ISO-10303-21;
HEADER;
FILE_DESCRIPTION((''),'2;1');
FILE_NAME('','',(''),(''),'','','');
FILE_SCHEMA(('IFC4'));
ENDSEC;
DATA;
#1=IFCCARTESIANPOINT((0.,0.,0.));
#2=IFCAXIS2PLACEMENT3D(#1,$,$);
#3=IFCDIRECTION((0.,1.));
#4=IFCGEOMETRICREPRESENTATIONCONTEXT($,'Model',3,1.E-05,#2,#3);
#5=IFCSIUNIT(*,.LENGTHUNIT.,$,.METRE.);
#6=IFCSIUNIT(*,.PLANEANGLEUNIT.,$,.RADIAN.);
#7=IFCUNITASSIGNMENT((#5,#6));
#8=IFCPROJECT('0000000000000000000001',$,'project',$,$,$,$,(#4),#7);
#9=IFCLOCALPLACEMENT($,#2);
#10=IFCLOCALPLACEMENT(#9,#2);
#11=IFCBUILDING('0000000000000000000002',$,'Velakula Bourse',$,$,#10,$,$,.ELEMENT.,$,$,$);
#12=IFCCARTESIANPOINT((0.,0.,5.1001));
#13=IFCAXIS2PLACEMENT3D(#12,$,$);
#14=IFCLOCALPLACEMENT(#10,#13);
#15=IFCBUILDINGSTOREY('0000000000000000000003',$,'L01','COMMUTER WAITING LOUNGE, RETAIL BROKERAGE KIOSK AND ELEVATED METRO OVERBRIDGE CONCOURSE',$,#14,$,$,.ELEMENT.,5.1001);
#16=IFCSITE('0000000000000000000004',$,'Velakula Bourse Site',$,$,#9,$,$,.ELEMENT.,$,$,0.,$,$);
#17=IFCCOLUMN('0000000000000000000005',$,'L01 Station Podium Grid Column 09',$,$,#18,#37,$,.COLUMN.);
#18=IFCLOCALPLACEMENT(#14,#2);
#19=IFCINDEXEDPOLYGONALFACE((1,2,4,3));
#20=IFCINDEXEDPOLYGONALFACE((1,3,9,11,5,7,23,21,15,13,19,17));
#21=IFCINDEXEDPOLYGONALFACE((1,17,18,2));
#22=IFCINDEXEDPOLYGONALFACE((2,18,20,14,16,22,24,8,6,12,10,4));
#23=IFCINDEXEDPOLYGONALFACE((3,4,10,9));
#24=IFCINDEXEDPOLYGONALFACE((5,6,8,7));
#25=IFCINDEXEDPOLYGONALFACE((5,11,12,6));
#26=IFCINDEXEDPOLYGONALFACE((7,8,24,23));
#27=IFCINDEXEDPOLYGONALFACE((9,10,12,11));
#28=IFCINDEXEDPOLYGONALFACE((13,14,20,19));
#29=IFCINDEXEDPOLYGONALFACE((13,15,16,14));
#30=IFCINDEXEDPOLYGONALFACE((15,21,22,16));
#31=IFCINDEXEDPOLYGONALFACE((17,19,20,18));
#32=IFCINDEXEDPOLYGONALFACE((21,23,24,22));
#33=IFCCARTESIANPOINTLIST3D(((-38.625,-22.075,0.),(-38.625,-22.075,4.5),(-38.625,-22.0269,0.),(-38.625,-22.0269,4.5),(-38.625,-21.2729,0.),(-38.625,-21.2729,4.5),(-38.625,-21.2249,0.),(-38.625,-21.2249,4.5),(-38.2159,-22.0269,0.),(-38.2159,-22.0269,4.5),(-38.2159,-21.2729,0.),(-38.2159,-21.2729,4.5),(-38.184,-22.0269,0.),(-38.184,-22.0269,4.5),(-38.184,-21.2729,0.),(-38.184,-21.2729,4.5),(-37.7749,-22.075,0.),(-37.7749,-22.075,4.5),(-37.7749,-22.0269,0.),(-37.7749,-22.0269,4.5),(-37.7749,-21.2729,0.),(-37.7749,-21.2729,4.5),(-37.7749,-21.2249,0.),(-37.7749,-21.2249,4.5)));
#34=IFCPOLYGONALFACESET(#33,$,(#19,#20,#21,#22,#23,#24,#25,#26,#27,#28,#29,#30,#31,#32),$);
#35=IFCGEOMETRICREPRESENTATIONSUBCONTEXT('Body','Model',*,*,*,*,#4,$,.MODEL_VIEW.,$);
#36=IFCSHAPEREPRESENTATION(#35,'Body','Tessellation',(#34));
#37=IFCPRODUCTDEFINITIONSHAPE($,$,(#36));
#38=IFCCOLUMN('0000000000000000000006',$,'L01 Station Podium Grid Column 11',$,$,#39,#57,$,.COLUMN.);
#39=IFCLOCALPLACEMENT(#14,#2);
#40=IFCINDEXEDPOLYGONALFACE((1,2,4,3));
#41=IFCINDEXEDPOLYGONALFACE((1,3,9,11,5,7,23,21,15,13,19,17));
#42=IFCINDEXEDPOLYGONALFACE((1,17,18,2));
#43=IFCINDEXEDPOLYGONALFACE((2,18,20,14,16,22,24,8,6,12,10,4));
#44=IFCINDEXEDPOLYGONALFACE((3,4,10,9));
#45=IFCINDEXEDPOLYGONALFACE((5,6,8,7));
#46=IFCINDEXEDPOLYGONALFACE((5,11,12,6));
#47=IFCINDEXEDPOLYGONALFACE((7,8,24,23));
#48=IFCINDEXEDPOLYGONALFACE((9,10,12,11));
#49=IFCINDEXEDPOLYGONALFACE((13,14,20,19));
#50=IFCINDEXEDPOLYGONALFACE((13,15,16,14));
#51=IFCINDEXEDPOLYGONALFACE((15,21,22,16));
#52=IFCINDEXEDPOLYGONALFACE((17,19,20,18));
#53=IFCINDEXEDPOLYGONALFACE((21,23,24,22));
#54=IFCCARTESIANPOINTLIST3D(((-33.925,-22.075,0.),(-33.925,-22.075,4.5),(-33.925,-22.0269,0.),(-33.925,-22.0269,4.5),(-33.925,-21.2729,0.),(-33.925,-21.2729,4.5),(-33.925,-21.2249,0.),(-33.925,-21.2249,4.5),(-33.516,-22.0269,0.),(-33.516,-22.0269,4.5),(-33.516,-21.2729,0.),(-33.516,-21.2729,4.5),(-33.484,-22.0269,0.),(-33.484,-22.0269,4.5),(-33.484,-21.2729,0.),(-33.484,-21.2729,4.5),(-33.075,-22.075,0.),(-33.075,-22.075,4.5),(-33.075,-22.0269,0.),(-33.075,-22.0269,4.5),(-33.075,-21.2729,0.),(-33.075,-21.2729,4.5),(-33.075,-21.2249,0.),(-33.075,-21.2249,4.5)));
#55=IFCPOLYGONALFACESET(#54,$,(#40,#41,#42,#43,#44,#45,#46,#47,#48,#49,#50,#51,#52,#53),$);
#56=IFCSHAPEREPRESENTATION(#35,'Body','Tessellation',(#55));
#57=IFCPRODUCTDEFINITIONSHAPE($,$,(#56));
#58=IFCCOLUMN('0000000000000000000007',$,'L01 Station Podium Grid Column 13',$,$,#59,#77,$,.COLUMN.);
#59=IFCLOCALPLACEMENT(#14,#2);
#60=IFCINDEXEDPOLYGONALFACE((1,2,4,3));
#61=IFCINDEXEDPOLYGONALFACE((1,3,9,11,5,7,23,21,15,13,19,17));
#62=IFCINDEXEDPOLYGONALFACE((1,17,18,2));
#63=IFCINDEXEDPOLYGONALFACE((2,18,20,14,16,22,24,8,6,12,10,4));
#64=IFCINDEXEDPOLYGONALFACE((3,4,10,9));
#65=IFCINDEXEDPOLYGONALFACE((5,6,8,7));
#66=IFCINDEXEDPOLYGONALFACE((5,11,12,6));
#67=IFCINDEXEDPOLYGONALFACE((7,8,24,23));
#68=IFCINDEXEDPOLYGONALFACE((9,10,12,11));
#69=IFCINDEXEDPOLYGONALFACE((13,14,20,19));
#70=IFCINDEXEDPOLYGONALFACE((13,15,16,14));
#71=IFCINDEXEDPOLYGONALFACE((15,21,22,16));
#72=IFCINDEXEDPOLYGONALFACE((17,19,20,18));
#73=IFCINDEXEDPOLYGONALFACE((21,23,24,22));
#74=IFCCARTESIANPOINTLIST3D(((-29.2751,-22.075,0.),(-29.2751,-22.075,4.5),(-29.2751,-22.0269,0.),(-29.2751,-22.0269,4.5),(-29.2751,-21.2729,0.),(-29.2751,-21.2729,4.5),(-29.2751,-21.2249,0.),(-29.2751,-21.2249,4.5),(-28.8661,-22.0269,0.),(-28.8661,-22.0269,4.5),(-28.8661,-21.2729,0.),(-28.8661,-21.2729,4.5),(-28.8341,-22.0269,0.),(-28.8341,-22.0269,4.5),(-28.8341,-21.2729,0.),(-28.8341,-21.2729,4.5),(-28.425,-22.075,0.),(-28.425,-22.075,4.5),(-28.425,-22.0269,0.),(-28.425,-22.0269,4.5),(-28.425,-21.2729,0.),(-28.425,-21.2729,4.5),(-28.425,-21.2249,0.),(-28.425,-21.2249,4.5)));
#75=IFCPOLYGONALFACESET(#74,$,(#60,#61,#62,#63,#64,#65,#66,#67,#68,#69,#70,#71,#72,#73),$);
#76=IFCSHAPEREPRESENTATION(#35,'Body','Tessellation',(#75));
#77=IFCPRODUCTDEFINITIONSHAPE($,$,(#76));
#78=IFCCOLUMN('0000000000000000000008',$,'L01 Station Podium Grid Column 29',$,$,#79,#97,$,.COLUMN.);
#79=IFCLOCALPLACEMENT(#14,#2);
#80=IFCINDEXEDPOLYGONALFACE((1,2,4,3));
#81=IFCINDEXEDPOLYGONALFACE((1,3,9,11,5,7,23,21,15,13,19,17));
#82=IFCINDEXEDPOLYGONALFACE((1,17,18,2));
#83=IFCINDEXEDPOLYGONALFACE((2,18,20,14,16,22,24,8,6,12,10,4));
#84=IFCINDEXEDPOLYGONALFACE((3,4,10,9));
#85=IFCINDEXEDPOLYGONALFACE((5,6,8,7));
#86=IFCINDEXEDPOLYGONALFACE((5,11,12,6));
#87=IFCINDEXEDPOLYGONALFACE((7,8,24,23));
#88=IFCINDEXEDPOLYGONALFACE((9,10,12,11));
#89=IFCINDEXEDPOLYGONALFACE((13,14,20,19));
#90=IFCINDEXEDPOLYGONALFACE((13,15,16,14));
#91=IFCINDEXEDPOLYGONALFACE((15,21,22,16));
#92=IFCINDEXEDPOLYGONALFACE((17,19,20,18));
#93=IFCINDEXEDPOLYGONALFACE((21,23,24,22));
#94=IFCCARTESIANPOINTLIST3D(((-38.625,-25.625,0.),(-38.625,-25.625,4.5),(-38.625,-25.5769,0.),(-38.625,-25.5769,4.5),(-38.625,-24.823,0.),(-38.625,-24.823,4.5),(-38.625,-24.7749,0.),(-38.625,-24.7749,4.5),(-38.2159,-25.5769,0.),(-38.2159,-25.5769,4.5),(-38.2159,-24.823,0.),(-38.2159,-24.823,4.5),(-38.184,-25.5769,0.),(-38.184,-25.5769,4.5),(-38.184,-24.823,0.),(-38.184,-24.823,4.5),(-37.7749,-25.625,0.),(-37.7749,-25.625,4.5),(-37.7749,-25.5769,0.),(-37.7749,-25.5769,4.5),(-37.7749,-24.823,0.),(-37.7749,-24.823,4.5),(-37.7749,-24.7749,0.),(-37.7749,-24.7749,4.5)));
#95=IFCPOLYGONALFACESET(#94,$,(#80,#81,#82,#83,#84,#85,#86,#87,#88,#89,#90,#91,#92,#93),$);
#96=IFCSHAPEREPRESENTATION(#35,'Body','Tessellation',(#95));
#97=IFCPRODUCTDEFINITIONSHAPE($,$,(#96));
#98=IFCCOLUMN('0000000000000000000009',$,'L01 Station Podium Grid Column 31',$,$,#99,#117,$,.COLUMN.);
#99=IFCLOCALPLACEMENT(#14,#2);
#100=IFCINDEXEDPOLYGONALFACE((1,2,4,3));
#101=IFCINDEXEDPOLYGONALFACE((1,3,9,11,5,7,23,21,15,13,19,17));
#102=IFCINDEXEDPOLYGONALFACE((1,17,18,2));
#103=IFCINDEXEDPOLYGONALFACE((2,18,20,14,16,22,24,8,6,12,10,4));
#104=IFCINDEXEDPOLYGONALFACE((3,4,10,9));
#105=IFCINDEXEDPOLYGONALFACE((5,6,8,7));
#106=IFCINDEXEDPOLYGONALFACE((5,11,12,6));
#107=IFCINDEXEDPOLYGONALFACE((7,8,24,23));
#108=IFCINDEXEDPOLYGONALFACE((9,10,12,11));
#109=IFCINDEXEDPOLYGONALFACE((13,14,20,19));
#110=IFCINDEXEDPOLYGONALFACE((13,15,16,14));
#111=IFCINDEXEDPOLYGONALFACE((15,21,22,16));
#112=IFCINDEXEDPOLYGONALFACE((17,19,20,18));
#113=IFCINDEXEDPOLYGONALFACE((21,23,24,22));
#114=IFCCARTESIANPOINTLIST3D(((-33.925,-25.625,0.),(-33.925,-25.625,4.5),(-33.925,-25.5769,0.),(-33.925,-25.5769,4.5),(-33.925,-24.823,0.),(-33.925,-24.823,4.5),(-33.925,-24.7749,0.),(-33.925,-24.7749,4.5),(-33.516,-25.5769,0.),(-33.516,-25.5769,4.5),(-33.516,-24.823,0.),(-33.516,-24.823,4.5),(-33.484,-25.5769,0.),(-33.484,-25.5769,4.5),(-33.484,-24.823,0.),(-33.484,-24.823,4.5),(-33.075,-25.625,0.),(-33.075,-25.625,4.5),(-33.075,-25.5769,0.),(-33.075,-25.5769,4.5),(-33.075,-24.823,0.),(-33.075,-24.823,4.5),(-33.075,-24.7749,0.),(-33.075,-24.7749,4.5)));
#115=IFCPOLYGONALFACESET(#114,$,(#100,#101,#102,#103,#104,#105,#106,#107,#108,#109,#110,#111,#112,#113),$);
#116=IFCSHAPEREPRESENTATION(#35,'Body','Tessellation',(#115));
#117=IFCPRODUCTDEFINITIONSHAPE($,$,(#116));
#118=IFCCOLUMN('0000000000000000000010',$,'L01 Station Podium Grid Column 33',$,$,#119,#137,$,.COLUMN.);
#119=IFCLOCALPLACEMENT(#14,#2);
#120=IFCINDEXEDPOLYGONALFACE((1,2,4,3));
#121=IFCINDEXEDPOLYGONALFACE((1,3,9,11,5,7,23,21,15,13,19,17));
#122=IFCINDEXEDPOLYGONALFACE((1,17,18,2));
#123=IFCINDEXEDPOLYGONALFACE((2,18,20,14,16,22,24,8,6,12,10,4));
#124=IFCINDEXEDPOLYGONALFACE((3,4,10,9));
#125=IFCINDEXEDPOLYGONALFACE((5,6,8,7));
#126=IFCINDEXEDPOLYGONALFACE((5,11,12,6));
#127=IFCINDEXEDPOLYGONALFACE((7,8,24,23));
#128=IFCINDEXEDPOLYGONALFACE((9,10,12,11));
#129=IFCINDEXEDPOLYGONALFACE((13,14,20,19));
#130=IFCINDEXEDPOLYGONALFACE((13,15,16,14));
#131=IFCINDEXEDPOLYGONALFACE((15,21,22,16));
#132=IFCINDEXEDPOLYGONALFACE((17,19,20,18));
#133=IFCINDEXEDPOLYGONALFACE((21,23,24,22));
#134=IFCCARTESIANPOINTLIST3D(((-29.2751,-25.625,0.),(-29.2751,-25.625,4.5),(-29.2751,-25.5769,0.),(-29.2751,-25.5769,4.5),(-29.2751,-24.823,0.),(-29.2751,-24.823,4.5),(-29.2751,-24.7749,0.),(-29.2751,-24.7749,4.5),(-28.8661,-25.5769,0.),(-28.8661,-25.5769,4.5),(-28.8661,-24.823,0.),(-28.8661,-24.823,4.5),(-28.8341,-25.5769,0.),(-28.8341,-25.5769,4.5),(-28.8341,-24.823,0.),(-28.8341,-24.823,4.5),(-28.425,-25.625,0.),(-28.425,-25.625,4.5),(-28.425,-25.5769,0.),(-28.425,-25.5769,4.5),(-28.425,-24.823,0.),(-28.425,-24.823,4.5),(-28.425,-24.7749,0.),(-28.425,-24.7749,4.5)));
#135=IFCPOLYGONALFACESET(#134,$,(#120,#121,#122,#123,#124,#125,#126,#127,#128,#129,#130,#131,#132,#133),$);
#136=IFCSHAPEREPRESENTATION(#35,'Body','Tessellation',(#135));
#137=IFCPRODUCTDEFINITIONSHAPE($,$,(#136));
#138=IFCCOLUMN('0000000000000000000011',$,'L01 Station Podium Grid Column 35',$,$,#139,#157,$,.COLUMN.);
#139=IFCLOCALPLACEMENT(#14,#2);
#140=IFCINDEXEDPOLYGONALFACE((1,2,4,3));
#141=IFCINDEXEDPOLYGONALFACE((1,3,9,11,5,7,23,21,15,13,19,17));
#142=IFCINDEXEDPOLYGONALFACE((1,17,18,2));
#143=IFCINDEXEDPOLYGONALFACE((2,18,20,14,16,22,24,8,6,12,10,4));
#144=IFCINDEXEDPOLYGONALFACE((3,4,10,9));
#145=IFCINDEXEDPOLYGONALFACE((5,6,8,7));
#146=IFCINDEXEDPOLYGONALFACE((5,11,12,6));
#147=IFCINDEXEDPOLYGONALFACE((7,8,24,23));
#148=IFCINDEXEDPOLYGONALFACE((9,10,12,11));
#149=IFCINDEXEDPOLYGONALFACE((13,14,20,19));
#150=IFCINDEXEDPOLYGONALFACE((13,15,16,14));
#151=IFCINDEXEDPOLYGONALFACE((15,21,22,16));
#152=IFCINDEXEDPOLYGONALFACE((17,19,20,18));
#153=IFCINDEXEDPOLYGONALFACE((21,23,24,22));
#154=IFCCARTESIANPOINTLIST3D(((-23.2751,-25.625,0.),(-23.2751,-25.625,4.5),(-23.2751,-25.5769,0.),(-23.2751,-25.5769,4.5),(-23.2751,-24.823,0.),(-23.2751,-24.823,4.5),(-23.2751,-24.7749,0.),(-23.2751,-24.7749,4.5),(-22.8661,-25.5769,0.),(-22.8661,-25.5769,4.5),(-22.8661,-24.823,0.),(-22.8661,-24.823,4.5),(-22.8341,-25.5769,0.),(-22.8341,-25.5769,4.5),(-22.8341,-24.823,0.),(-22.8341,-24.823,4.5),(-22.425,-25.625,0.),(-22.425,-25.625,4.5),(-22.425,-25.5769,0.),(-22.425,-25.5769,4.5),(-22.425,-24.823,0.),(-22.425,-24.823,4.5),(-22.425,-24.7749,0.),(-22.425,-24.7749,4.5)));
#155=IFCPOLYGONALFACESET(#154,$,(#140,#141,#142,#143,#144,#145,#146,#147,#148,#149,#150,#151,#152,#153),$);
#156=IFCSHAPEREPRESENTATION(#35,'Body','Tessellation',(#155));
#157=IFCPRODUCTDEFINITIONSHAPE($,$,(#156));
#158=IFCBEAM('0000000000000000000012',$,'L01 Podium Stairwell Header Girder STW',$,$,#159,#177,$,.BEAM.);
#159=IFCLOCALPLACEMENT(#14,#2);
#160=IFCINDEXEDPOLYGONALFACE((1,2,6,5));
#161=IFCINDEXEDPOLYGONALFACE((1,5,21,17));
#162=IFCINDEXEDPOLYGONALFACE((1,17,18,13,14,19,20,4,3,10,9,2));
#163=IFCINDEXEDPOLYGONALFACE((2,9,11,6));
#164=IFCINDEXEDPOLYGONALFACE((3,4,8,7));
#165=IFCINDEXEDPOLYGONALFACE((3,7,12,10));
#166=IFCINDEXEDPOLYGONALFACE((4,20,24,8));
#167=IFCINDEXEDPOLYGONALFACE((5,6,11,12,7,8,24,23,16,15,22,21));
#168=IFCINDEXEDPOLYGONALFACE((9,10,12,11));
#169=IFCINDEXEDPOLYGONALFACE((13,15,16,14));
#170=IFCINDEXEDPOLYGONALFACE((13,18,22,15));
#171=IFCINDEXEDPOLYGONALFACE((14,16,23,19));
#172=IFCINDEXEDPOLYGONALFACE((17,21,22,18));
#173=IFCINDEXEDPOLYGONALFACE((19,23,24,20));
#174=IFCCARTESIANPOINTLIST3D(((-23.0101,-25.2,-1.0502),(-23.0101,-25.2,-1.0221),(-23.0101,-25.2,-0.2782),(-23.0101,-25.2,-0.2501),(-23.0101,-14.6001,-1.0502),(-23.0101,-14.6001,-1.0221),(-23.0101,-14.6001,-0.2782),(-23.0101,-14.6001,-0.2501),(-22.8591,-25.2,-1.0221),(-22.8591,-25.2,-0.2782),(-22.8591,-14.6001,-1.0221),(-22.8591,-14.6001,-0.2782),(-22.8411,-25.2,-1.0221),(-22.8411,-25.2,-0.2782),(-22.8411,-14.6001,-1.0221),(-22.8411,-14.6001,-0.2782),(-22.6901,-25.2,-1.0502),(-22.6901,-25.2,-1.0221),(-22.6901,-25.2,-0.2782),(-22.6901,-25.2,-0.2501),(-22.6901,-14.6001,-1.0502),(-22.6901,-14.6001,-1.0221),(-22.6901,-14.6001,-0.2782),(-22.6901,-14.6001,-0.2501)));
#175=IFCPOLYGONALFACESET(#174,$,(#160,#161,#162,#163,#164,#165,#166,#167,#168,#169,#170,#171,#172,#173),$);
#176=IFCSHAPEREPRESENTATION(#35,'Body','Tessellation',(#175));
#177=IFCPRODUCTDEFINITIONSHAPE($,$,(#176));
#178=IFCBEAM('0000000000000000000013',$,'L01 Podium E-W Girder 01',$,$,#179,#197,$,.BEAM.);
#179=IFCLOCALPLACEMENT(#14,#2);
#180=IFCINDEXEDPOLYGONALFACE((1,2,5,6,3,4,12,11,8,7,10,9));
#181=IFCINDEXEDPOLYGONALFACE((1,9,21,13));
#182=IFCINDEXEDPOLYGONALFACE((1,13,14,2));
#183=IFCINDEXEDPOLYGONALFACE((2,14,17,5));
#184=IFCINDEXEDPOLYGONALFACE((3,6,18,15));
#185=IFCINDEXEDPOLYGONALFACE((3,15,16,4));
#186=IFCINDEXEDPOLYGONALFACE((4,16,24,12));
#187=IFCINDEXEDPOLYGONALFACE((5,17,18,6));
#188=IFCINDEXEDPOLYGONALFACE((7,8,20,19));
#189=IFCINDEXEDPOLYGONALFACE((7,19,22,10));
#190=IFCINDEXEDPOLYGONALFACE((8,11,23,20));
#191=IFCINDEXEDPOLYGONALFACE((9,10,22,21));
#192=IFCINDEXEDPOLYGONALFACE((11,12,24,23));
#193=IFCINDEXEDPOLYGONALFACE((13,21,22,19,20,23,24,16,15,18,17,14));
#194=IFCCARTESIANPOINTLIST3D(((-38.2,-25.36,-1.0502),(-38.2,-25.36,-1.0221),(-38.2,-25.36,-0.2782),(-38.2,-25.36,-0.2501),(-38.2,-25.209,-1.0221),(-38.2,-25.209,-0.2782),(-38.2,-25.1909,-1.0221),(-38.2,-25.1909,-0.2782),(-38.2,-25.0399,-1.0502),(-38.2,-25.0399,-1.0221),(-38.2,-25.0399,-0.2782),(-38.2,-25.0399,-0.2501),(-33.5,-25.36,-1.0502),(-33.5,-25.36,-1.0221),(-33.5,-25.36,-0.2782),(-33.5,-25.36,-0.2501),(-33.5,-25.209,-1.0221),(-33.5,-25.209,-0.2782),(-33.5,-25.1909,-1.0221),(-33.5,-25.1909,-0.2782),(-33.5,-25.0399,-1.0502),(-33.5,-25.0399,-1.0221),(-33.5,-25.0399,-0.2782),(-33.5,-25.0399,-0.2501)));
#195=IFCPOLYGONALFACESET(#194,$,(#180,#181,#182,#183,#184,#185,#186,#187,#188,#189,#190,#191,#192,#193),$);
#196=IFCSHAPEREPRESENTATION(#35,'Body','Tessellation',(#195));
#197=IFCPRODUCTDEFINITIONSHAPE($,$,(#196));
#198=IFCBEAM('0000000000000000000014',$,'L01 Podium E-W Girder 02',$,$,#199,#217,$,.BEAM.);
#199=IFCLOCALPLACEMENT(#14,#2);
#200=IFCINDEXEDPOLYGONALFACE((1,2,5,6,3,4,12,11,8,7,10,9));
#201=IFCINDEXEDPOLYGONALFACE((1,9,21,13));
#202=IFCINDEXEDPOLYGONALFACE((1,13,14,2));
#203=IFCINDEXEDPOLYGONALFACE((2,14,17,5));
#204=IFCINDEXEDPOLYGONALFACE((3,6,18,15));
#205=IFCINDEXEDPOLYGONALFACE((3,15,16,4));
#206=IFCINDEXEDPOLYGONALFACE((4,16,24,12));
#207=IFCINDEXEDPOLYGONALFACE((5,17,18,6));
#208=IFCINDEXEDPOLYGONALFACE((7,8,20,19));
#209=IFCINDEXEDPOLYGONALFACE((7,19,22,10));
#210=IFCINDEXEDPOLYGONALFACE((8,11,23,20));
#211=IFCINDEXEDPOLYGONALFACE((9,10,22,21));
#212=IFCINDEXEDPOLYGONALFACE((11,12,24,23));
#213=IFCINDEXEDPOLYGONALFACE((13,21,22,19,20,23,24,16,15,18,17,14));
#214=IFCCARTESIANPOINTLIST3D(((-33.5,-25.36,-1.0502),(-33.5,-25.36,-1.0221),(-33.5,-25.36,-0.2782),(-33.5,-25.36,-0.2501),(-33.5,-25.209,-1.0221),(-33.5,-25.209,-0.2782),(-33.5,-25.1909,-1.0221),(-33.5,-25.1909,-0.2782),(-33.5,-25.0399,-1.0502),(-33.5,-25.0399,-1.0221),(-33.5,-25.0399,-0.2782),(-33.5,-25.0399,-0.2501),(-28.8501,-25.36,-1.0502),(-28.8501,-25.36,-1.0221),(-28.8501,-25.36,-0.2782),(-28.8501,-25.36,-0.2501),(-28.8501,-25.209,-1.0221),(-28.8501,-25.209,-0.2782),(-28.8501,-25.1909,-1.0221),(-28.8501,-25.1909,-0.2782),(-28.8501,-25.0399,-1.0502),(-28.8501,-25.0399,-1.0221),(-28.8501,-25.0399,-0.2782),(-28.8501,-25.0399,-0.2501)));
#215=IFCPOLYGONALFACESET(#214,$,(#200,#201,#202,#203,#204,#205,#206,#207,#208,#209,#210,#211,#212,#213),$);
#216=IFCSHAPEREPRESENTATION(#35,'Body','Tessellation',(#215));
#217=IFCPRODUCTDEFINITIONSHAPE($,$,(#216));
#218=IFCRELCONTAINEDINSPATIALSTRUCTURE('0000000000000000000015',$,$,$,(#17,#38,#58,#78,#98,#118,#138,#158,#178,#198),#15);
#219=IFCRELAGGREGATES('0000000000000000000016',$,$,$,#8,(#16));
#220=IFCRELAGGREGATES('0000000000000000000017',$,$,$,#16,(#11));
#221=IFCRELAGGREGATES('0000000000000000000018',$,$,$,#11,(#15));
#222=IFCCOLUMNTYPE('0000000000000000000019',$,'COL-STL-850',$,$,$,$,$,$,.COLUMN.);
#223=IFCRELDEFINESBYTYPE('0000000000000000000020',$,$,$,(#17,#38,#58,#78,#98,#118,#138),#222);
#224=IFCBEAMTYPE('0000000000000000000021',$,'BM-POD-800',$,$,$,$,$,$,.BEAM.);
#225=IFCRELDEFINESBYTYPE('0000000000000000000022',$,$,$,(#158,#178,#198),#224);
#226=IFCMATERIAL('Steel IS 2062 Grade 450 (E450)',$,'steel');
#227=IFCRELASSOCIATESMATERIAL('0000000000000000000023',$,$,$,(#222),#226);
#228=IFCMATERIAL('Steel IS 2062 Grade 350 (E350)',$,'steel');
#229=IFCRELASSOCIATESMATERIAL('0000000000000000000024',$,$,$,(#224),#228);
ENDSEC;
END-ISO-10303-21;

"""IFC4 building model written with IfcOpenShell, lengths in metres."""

from ifc_helpers import new_model, si_unit, direction, frame, origin, origin_2d, place, context, subcontext, project, spatial, i_section, extrude, material, material_profile, profile_set, type_object, element, save


model = new_model("IFC4")

# Units and contexts
model_context = context("Model", 3, precision=1e-05, world=origin(), true_north=direction((0.0, 1.0)))
body_context = subcontext(model_context, "Body", "Model", "MODEL_VIEW")
ifc_project = project(units=[si_unit("LENGTHUNIT", "METRE"), si_unit("PLANEANGLEUNIT", "RADIAN")], contexts=[model_context])

# Site, building, storey
site_placement = place(None, origin())
site = spatial("IfcSite", under=ifc_project, at=site_placement, Name="Velakula Bourse Site", CompositionType="ELEMENT", RefElevation=0.0)
building_placement = place(site_placement, origin())
building = spatial("IfcBuilding", under=site, at=building_placement, Name="Velakula Bourse", CompositionType="ELEMENT")
storey_placement = place(building_placement, frame((0.0, 0.0, 5.1001)))
storey = spatial("IfcBuildingStorey", under=building, at=storey_placement, Name="L01", Description="COMMUTER WAITING LOUNGE, RETAIL BROKERAGE KIOSK AND ELEVATED METRO OVERBRIDGE CONCOURSE", CompositionType="ELEMENT", Elevation=5.1001)

# Columns
ifc_material_1 = material(Name="Steel IS 2062 Grade 450 (E450)", Category="steel")
ifc_material_profile_1 = material_profile(ifc_material_1, i_section(OverallWidth=0.8501, OverallDepth=0.8501, WebThickness=0.032, FlangeThickness=0.0481, at=origin_2d()), Name="Steel IS 2062 Grade 450 (E450)")
ifc_profile_set_1 = profile_set([ifc_material_profile_1], Name="Steel IS 2062 Grade 450 (E450)")
column_type = type_object("IfcColumnType", Name="COL-STL-850", PredefinedType="COLUMN", material=ifc_profile_set_1)
for number, where, z_axis, x_axis, name in (
    (1, (-38.2, -21.6499, 0.0), (0.0, 0.0, 1.0), (1.0, 0.0, 0.0), "L01 Station Podium Grid Column 09"),
    (2, (-33.5, -21.6499, 0.0), (0.0, 0.0, 1.0), (1.0, 0.0, 0.0), "L01 Station Podium Grid Column 11"),
    (3, (-28.8501, -21.6499, 0.0), (0.0, 0.0, 1.0), (1.0, 0.0, 0.0), "L01 Station Podium Grid Column 13"),
    (4, (-38.2, -25.2, 0.0), (0.0, 0.0, 1.0), (1.0, 0.0, 0.0), "L01 Station Podium Grid Column 29"),
    (5, (-33.5, -25.2, 0.0), (0.0, 0.0, 1.0), (1.0, 0.0, 0.0), "L01 Station Podium Grid Column 31"),
    (6, (-28.8501, -25.2, 0.0), (0.0, 0.0, 1.0), (1.0, 0.0, 0.0), "L01 Station Podium Grid Column 33"),
    (7, (-22.8501, -25.2, 0.0), (0.0, 0.0, 1.0), (1.0, 0.0, 0.0), "L01 Station Podium Grid Column 35"),
):
    element("IfcColumn", number, at=place(storey_placement, frame(where, z_axis=z_axis, x_axis=x_axis)), inside=storey, type_object=column_type, Name=name, PredefinedType="COLUMN", context=body_context, shape_type="SweptSolid", body=[
        extrude(i_section(OverallWidth=0.8501, OverallDepth=0.8501, WebThickness=0.032, FlangeThickness=0.0481, at=origin_2d()), origin(), (0.0, 0.0, 1.0), 4.5),
    ])

# Beams
ifc_material_2 = material(Name="Steel IS 2062 Grade 350 (E350)", Category="steel")
ifc_material_profile_2 = material_profile(ifc_material_2, i_section(OverallWidth=0.3201, OverallDepth=0.8, WebThickness=0.0181, FlangeThickness=0.0281, at=origin_2d()), Name="Steel IS 2062 Grade 350 (E350)")
ifc_profile_set_2 = profile_set([ifc_material_profile_2], Name="Steel IS 2062 Grade 350 (E350)")
beam_type_1 = type_object("IfcBeamType", Name="BM-POD-800", PredefinedType="BEAM", material=ifc_profile_set_2)
beam_1_placement = place(storey_placement, frame((-22.8501, -25.2, -0.6501), z_axis=(0.0, 1.0, 0.0), x_axis=(-1.0, 0.0, 0.0)))
element("IfcBeam", 8, at=beam_1_placement, inside=storey, type_object=beam_type_1, Name="L01 Podium Stairwell Header Girder STW", PredefinedType="BEAM", context=body_context, shape_type="SweptSolid", body=[
    extrude(i_section(OverallWidth=0.3201, OverallDepth=0.8, WebThickness=0.0181, FlangeThickness=0.0281, at=origin_2d()), origin(), (0.0, 0.0, 1.0), 10.5999),
])
beam_2_placement = place(storey_placement, frame((-38.2, -25.2, -0.6501), z_axis=(1.0, 0.0, 0.0), x_axis=(0.0, 1.0, 0.0)))
element("IfcBeam", 9, at=beam_2_placement, inside=storey, type_object=beam_type_1, Name="L01 Podium E-W Girder 01", PredefinedType="BEAM", context=body_context, shape_type="SweptSolid", body=[
    extrude(i_section(OverallWidth=0.3201, OverallDepth=0.8, WebThickness=0.0181, FlangeThickness=0.0281, at=origin_2d()), origin(), (0.0, 0.0, 1.0), 4.7),
])
beam_3_placement = place(storey_placement, frame((-33.5, -25.2, -0.6501), z_axis=(1.0, 0.0, 0.0), x_axis=(0.0, 1.0, 0.0)))
element("IfcBeam", 10, at=beam_3_placement, inside=storey, type_object=beam_type_1, Name="L01 Podium E-W Girder 02", PredefinedType="BEAM", context=body_context, shape_type="SweptSolid", body=[
    extrude(i_section(OverallWidth=0.3201, OverallDepth=0.8, WebThickness=0.0181, FlangeThickness=0.0281, at=origin_2d()), origin(), (0.0, 0.0, 1.0), 4.6499),
])

save(model, "model.ifc")
